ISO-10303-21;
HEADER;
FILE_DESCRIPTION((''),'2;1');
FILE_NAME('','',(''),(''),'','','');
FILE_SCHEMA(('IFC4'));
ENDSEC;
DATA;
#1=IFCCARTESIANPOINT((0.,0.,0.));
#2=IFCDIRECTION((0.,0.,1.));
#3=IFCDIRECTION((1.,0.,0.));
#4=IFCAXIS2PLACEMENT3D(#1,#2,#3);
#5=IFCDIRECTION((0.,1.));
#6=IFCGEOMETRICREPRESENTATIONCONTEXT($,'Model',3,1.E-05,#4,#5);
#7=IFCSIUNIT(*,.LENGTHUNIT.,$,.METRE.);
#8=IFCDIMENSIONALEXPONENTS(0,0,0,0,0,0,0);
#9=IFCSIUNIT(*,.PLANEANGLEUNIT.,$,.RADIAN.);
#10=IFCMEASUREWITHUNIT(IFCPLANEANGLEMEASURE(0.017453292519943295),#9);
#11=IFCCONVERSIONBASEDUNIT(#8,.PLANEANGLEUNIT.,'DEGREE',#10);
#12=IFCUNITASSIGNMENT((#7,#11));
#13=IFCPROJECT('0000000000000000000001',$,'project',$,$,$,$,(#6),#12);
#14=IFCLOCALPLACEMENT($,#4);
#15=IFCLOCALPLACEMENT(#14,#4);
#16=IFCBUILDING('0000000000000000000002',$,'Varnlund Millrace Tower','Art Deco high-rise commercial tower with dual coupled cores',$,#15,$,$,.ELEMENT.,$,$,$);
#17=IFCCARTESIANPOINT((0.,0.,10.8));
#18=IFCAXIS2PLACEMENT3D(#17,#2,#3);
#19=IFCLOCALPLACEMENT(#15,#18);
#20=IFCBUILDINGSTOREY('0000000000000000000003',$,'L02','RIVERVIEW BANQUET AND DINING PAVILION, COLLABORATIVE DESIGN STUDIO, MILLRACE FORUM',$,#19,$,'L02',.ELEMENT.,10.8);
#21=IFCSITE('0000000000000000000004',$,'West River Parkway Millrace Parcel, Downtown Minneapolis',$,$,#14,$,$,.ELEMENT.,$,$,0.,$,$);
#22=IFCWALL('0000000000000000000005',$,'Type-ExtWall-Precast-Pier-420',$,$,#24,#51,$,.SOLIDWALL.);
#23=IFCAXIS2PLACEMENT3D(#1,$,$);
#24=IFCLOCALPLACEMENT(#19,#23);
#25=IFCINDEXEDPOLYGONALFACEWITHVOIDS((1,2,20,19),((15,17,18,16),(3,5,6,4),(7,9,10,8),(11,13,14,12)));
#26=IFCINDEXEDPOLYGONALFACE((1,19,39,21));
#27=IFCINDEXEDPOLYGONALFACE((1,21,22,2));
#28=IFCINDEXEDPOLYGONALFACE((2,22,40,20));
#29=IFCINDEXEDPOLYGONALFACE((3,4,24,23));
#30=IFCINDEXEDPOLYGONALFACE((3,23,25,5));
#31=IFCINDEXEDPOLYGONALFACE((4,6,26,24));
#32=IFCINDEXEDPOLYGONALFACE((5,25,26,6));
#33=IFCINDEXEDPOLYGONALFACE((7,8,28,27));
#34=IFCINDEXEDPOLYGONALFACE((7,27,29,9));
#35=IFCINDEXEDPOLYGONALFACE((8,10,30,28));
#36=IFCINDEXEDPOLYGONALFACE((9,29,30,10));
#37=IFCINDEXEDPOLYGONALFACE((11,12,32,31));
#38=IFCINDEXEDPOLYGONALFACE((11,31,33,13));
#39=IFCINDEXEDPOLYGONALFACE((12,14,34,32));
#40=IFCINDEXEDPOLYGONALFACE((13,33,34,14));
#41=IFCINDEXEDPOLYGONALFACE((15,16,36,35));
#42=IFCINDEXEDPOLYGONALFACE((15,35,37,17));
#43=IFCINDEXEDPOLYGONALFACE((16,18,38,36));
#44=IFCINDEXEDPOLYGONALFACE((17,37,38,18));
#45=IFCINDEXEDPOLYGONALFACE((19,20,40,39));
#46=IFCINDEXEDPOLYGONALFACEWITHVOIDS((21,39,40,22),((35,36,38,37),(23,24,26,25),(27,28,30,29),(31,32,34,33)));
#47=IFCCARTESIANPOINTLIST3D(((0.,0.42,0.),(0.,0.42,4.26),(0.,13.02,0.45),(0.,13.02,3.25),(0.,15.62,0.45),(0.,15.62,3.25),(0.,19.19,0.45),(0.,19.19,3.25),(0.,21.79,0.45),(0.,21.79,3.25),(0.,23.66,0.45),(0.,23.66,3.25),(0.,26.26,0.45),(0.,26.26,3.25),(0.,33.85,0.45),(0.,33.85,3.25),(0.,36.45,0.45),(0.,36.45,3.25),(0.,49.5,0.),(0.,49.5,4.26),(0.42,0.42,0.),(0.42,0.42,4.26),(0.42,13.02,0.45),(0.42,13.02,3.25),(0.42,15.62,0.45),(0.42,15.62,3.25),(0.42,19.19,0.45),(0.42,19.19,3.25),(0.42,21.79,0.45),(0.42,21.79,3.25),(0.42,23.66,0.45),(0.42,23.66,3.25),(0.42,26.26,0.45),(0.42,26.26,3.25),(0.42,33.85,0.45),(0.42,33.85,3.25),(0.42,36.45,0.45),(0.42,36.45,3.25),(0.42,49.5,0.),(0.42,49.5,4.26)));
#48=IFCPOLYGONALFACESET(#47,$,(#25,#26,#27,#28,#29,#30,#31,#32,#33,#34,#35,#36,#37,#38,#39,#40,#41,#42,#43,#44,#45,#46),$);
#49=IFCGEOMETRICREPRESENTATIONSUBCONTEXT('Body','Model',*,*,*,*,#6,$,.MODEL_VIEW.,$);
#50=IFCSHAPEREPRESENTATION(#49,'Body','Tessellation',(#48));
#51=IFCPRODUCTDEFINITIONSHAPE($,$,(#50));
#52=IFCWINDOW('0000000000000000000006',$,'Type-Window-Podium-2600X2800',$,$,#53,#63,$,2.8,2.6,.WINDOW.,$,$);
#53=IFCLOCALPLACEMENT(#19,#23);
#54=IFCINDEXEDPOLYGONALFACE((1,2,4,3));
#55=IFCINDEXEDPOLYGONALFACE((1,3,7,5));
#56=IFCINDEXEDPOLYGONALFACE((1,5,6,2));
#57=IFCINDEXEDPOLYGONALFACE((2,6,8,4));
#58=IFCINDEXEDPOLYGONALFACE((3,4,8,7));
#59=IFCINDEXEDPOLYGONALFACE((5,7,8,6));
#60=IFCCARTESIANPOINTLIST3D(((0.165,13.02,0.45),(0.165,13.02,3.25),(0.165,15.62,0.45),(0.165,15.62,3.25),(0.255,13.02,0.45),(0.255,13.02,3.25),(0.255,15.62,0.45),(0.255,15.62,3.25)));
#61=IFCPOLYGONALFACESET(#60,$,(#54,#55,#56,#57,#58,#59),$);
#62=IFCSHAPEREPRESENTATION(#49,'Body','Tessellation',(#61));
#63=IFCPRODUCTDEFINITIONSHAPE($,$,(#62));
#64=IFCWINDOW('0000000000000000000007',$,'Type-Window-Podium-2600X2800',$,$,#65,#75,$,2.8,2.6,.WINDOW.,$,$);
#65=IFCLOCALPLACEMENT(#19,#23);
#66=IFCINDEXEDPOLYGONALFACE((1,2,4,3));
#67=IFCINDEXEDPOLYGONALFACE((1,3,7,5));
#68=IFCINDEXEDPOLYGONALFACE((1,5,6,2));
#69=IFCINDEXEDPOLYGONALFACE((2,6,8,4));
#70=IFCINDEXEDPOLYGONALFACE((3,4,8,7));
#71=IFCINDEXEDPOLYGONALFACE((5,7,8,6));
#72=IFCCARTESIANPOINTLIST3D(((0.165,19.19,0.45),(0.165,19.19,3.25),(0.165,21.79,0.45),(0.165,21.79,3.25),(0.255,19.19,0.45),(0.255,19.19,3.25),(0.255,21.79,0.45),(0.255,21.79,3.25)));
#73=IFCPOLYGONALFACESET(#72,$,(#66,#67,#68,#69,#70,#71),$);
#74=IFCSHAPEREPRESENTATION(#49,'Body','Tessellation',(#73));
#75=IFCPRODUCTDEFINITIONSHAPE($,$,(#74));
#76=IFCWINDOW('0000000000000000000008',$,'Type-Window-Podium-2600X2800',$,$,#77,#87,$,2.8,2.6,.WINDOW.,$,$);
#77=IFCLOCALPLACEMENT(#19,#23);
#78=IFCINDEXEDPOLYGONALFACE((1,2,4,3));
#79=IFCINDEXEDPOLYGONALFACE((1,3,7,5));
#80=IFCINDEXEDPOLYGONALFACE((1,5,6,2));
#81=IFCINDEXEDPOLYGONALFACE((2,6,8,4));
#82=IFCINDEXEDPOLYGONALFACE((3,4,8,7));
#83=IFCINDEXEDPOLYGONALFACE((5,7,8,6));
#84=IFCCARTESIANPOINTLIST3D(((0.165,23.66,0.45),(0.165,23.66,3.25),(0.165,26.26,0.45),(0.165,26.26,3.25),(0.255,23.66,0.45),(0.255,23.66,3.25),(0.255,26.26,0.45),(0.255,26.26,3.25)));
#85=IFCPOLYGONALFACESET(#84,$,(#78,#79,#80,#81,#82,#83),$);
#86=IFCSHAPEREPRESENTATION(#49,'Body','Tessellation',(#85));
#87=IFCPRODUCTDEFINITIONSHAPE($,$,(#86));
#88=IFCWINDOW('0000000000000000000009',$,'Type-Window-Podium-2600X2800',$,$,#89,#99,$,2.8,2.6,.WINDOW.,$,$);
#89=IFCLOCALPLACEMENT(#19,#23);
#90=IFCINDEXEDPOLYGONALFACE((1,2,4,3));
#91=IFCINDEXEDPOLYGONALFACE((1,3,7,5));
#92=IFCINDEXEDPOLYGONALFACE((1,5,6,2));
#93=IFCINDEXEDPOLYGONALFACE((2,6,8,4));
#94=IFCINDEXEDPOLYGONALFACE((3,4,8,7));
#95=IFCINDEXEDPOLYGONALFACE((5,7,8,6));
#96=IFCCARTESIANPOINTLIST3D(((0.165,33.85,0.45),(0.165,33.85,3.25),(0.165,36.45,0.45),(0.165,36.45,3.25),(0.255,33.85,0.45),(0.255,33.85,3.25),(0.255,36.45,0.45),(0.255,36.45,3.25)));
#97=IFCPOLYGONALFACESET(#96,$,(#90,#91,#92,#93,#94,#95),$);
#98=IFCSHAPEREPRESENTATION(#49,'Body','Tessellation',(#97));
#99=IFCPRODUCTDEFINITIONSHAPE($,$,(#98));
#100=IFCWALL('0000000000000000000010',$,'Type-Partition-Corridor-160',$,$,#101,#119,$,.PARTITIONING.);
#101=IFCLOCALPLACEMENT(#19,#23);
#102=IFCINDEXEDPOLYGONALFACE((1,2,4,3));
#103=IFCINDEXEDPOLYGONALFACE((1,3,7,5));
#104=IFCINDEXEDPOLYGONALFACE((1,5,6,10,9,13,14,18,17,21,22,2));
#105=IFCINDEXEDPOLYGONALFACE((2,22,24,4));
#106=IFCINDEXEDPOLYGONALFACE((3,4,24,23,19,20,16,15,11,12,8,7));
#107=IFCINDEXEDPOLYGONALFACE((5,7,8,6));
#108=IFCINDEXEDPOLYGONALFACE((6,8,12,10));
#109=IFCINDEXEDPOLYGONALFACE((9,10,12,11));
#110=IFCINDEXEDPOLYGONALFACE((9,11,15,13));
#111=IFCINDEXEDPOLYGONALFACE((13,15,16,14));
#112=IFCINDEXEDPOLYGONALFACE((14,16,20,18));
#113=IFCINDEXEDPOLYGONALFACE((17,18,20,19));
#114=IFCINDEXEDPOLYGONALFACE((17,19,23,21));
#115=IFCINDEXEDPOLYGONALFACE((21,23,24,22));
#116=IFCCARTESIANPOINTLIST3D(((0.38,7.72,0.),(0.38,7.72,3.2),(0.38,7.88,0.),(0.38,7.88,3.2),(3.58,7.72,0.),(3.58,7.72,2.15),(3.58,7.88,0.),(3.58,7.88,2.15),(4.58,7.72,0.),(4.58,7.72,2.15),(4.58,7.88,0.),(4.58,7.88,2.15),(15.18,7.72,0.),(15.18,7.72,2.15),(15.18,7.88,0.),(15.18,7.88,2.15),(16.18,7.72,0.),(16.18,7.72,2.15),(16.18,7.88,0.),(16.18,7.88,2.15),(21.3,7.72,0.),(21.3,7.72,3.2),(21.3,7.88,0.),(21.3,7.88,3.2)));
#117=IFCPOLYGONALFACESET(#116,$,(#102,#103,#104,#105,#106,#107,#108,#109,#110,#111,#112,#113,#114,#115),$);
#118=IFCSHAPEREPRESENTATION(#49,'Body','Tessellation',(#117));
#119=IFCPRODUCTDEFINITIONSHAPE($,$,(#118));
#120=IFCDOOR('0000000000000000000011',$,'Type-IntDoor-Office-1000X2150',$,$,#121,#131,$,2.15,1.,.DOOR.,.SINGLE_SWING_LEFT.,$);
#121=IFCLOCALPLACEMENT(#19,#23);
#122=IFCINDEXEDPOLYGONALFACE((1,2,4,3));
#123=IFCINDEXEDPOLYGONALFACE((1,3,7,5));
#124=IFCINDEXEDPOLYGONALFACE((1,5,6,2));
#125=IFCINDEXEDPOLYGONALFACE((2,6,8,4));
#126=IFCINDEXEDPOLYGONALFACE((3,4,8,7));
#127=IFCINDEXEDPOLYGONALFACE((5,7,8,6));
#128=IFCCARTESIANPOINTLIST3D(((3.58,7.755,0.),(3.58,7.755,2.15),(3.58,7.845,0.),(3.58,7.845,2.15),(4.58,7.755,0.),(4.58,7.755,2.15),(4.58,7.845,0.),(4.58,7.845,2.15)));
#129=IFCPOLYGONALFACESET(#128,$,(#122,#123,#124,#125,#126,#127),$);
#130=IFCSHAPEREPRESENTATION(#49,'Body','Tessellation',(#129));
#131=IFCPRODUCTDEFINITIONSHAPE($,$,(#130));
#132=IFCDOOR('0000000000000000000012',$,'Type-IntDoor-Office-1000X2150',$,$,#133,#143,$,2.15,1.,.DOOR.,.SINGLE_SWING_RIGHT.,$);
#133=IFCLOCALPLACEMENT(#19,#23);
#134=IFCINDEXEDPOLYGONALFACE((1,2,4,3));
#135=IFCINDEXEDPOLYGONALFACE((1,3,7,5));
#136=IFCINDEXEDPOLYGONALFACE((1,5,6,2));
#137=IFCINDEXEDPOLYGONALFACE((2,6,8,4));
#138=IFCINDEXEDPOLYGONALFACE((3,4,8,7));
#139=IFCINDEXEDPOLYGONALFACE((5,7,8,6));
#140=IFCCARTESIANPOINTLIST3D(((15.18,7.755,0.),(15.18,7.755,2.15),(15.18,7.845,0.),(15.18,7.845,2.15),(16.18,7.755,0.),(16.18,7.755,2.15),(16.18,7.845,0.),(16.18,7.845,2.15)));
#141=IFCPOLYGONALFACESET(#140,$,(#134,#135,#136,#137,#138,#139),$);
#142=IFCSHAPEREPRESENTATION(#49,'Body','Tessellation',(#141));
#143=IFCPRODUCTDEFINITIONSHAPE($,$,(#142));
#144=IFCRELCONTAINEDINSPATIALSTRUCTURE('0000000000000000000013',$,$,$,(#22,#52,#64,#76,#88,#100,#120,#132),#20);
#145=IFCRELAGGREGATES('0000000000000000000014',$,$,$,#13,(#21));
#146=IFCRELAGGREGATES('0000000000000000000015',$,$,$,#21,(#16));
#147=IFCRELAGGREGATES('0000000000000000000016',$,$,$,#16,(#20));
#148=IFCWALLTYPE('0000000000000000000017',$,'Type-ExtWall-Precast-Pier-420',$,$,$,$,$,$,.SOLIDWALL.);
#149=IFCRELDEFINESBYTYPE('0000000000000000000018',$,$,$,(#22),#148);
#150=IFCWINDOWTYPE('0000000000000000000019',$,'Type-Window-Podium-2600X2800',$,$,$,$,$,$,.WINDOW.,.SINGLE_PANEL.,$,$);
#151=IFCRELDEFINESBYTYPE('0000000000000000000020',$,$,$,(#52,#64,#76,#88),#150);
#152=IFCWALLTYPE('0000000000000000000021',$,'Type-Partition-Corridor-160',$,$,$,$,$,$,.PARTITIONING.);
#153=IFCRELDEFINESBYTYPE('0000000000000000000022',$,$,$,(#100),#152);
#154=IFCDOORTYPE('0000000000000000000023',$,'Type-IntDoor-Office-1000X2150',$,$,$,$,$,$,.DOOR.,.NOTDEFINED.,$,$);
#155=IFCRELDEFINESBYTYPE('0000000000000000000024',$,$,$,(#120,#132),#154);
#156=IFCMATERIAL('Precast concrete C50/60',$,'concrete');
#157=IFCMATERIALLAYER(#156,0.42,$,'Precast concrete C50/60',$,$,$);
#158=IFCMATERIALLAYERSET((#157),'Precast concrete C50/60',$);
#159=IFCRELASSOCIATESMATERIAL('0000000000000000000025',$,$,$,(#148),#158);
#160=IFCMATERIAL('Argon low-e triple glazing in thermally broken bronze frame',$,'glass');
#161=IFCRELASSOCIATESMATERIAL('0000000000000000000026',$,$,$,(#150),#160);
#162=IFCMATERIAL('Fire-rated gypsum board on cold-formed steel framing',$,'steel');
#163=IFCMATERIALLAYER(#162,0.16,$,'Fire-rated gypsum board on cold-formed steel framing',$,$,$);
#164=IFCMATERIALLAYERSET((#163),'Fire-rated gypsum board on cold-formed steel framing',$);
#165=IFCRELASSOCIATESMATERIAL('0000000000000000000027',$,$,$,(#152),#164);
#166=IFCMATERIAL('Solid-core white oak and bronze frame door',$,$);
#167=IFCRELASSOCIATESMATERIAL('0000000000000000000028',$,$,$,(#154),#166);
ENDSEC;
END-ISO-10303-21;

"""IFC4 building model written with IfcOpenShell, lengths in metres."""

from ifc_helpers import new_model, entity, si_unit, converted_unit, direction, frame, origin_with_axes, origin_2d_with_axis, place, context, subcontext, project, spatial, polyline, rectangle, outline, extrude, material, layer, layer_set, type_object, element, fill, save


model = new_model("IFC4")

# Units and contexts
model_context = context("Model", 3, precision=1e-05, world=origin_with_axes(), true_north=direction((0.0, 1.0)))
body_context = subcontext(model_context, "Body", "Model", "MODEL_VIEW")
ifc_project = project(units=[si_unit("LENGTHUNIT", "METRE"), converted_unit("PLANEANGLEUNIT", "DEGREE", entity("IfcPlaneAngleMeasure", 0.017453292519943295), si_unit("PLANEANGLEUNIT", "RADIAN"), dimensions=[0, 0, 0, 0, 0, 0, 0])], contexts=[model_context])

# Site, building, storey
site_placement = place(None, origin_with_axes())
site = spatial("IfcSite", under=ifc_project, at=site_placement, Name="West River Parkway Millrace Parcel, Downtown Minneapolis", CompositionType="ELEMENT", RefElevation=0.0)
building_placement = place(site_placement, origin_with_axes())
building = spatial("IfcBuilding", under=site, at=building_placement, Name="Varnlund Millrace Tower", Description="Art Deco high-rise commercial tower with dual coupled cores", CompositionType="ELEMENT")
storey_placement = place(building_placement, frame((0.0, 0.0, 10.8), z_axis=(0.0, 0.0, 1.0), x_axis=(1.0, 0.0, 0.0)))
storey = spatial("IfcBuildingStorey", under=building, at=storey_placement, Name="L02", Description="RIVERVIEW BANQUET AND DINING PAVILION, COLLABORATIVE DESIGN STUDIO, MILLRACE FORUM", LongName="L02", CompositionType="ELEMENT", Elevation=10.8)

# Wall, openings, windows
ifc_material_1 = material(Name="Precast concrete C50/60", Category="concrete")
ifc_layer_1 = layer(ifc_material_1, 0.42, Name="Precast concrete C50/60")
ifc_layer_set_1 = layer_set([ifc_layer_1], Name="Precast concrete C50/60")
wall_type_1 = type_object("IfcWallType", Name="Type-ExtWall-Precast-Pier-420", PredefinedType="SOLIDWALL", material=ifc_layer_set_1)
wall_1_placement = place(storey_placement, frame((0.21, 0.42, 0.0), z_axis=(0.0, 0.0, 1.0), x_axis=(0.0, 1.0, 0.0)))
wall_1 = element("IfcWall", 1, at=wall_1_placement, inside=storey, type_object=wall_type_1, Name="Type-ExtWall-Precast-Pier-420", PredefinedType="SOLIDWALL", context=body_context, shape_type="SweptSolid", body=[
    extrude(outline(polyline([(0.0, -0.21), (49.08, -0.21), (49.08, 0.21), (0.0, 0.21), (0.0, -0.21)])), origin_with_axes(), (0.0, 0.0, 1.0), 4.26),
])
opening_1_placement = place(wall_1_placement, frame((13.9, 0.0, 0.45), z_axis=(0.0, 0.0, 1.0), x_axis=(1.0, 0.0, 0.0)))
opening_1 = element("IfcOpeningElement", 2, at=opening_1_placement, cuts=wall_1, PredefinedType="OPENING", context=body_context, shape_type="SweptSolid", body=[
    extrude(rectangle(XDim=2.6, YDim=0.44, at=origin_2d_with_axis()), origin_with_axes(), (0.0, 0.0, 1.0), 2.8),
])
opening_2_placement = place(wall_1_placement, frame((20.07, 0.0, 0.45), z_axis=(0.0, 0.0, 1.0), x_axis=(1.0, 0.0, 0.0)))
opening_2 = element("IfcOpeningElement", 3, at=opening_2_placement, cuts=wall_1, PredefinedType="OPENING", context=body_context, shape_type="SweptSolid", body=[
    extrude(rectangle(XDim=2.6, YDim=0.44, at=origin_2d_with_axis()), origin_with_axes(), (0.0, 0.0, 1.0), 2.8),
])
opening_3_placement = place(wall_1_placement, frame((24.54, 0.0, 0.45), z_axis=(0.0, 0.0, 1.0), x_axis=(1.0, 0.0, 0.0)))
opening_3 = element("IfcOpeningElement", 4, at=opening_3_placement, cuts=wall_1, PredefinedType="OPENING", context=body_context, shape_type="SweptSolid", body=[
    extrude(rectangle(XDim=2.6, YDim=0.44, at=origin_2d_with_axis()), origin_with_axes(), (0.0, 0.0, 1.0), 2.8),
])
opening_4_placement = place(wall_1_placement, frame((34.73, 0.0, 0.45), z_axis=(0.0, 0.0, 1.0), x_axis=(1.0, 0.0, 0.0)))
opening_4 = element("IfcOpeningElement", 5, at=opening_4_placement, cuts=wall_1, PredefinedType="OPENING", context=body_context, shape_type="SweptSolid", body=[
    extrude(rectangle(XDim=2.6, YDim=0.44, at=origin_2d_with_axis()), origin_with_axes(), (0.0, 0.0, 1.0), 2.8),
])
ifc_material_2 = material(Name="Argon low-e triple glazing in thermally broken bronze frame", Category="glass")
window_type = type_object("IfcWindowType", Name="Type-Window-Podium-2600X2800", PartitioningType="SINGLE_PANEL", PredefinedType="WINDOW", material=ifc_material_2)
window_1_placement = place(wall_1_placement, frame((13.9, 0.0, 0.45), z_axis=(0.0, 0.0, 1.0), x_axis=(1.0, 0.0, 0.0)))
window_1 = element("IfcWindow", 6, at=window_1_placement, inside=storey, type_object=window_type, Name="Type-Window-Podium-2600X2800", OverallHeight=2.8, OverallWidth=2.6, PredefinedType="WINDOW", context=body_context, shape_type="SweptSolid", body=[
    extrude(rectangle(XDim=2.6, YDim=0.09, at=origin_2d_with_axis()), origin_with_axes(), (0.0, 0.0, 1.0), 2.8),
])
fill(opening_1, window_1)
window_2_placement = place(wall_1_placement, frame((20.07, 0.0, 0.45), z_axis=(0.0, 0.0, 1.0), x_axis=(1.0, 0.0, 0.0)))
window_2 = element("IfcWindow", 7, at=window_2_placement, inside=storey, type_object=window_type, Name="Type-Window-Podium-2600X2800", OverallHeight=2.8, OverallWidth=2.6, PredefinedType="WINDOW", context=body_context, shape_type="SweptSolid", body=[
    extrude(rectangle(XDim=2.6, YDim=0.09, at=origin_2d_with_axis()), origin_with_axes(), (0.0, 0.0, 1.0), 2.8),
])
fill(opening_2, window_2)
window_3_placement = place(wall_1_placement, frame((24.54, 0.0, 0.45), z_axis=(0.0, 0.0, 1.0), x_axis=(1.0, 0.0, 0.0)))
window_3 = element("IfcWindow", 8, at=window_3_placement, inside=storey, type_object=window_type, Name="Type-Window-Podium-2600X2800", OverallHeight=2.8, OverallWidth=2.6, PredefinedType="WINDOW", context=body_context, shape_type="SweptSolid", body=[
    extrude(rectangle(XDim=2.6, YDim=0.09, at=origin_2d_with_axis()), origin_with_axes(), (0.0, 0.0, 1.0), 2.8),
])
fill(opening_3, window_3)
window_4_placement = place(wall_1_placement, frame((34.73, 0.0, 0.45), z_axis=(0.0, 0.0, 1.0), x_axis=(1.0, 0.0, 0.0)))
window_4 = element("IfcWindow", 9, at=window_4_placement, inside=storey, type_object=window_type, Name="Type-Window-Podium-2600X2800", OverallHeight=2.8, OverallWidth=2.6, PredefinedType="WINDOW", context=body_context, shape_type="SweptSolid", body=[
    extrude(rectangle(XDim=2.6, YDim=0.09, at=origin_2d_with_axis()), origin_with_axes(), (0.0, 0.0, 1.0), 2.8),
])
fill(opening_4, window_4)

# Wall, openings, doors
ifc_material_3 = material(Name="Fire-rated gypsum board on cold-formed steel framing", Category="steel")
ifc_layer_2 = layer(ifc_material_3, 0.16, Name="Fire-rated gypsum board on cold-formed steel framing")
ifc_layer_set_2 = layer_set([ifc_layer_2], Name="Fire-rated gypsum board on cold-formed steel framing")
wall_type_2 = type_object("IfcWallType", Name="Type-Partition-Corridor-160", PredefinedType="PARTITIONING", material=ifc_layer_set_2)
wall_2_placement = place(storey_placement, frame((0.38, 7.8, 0.0), z_axis=(0.0, 0.0, 1.0), x_axis=(1.0, 0.0, 0.0)))
wall_2 = element("IfcWall", 10, at=wall_2_placement, inside=storey, type_object=wall_type_2, Name="Type-Partition-Corridor-160", PredefinedType="PARTITIONING", context=body_context, shape_type="SweptSolid", body=[
    extrude(outline(polyline([(0.0, -0.08), (20.92, -0.08), (20.92, 0.08), (0.0, 0.08), (0.0, -0.08)])), origin_with_axes(), (0.0, 0.0, 1.0), 3.2),
])
opening_5_placement = place(wall_2_placement, frame((3.7, 0.0, 0.0), z_axis=(0.0, 0.0, 1.0), x_axis=(1.0, 0.0, 0.0)))
opening_5 = element("IfcOpeningElement", 11, at=opening_5_placement, cuts=wall_2, PredefinedType="OPENING", context=body_context, shape_type="SweptSolid", body=[
    extrude(rectangle(XDim=1.0, YDim=0.18, at=origin_2d_with_axis()), origin_with_axes(), (0.0, 0.0, 1.0), 2.15),
])
opening_6_placement = place(wall_2_placement, frame((15.3, 0.0, 0.0), z_axis=(0.0, 0.0, 1.0), x_axis=(1.0, 0.0, 0.0)))
opening_6 = element("IfcOpeningElement", 12, at=opening_6_placement, cuts=wall_2, PredefinedType="OPENING", context=body_context, shape_type="SweptSolid", body=[
    extrude(rectangle(XDim=1.0, YDim=0.18, at=origin_2d_with_axis()), origin_with_axes(), (0.0, 0.0, 1.0), 2.15),
])
ifc_material_4 = material(Name="Solid-core white oak and bronze frame door")
door_type = type_object("IfcDoorType", Name="Type-IntDoor-Office-1000X2150", OperationType="NOTDEFINED", PredefinedType="DOOR", material=ifc_material_4)
door_1_placement = place(wall_2_placement, frame((3.7, 0.0, 0.0), z_axis=(0.0, 0.0, 1.0), x_axis=(1.0, 0.0, 0.0)))
door_1 = element("IfcDoor", 13, at=door_1_placement, inside=storey, type_object=door_type, Name="Type-IntDoor-Office-1000X2150", OperationType="SINGLE_SWING_LEFT", OverallHeight=2.15, OverallWidth=1.0, PredefinedType="DOOR", context=body_context, shape_type="SweptSolid", body=[
    extrude(rectangle(XDim=1.0, YDim=0.09, at=origin_2d_with_axis()), origin_with_axes(), (0.0, 0.0, 1.0), 2.15),
])
fill(opening_5, door_1)
door_2_placement = place(wall_2_placement, frame((15.3, 0.0, 0.0), z_axis=(0.0, 0.0, 1.0), x_axis=(1.0, 0.0, 0.0)))
door_2 = element("IfcDoor", 14, at=door_2_placement, inside=storey, type_object=door_type, Name="Type-IntDoor-Office-1000X2150", OperationType="SINGLE_SWING_RIGHT", OverallHeight=2.15, OverallWidth=1.0, PredefinedType="DOOR", context=body_context, shape_type="SweptSolid", body=[
    extrude(rectangle(XDim=1.0, YDim=0.09, at=origin_2d_with_axis()), origin_with_axes(), (0.0, 0.0, 1.0), 2.15),
])
fill(opening_6, door_2)

save(model, "model.ifc")
